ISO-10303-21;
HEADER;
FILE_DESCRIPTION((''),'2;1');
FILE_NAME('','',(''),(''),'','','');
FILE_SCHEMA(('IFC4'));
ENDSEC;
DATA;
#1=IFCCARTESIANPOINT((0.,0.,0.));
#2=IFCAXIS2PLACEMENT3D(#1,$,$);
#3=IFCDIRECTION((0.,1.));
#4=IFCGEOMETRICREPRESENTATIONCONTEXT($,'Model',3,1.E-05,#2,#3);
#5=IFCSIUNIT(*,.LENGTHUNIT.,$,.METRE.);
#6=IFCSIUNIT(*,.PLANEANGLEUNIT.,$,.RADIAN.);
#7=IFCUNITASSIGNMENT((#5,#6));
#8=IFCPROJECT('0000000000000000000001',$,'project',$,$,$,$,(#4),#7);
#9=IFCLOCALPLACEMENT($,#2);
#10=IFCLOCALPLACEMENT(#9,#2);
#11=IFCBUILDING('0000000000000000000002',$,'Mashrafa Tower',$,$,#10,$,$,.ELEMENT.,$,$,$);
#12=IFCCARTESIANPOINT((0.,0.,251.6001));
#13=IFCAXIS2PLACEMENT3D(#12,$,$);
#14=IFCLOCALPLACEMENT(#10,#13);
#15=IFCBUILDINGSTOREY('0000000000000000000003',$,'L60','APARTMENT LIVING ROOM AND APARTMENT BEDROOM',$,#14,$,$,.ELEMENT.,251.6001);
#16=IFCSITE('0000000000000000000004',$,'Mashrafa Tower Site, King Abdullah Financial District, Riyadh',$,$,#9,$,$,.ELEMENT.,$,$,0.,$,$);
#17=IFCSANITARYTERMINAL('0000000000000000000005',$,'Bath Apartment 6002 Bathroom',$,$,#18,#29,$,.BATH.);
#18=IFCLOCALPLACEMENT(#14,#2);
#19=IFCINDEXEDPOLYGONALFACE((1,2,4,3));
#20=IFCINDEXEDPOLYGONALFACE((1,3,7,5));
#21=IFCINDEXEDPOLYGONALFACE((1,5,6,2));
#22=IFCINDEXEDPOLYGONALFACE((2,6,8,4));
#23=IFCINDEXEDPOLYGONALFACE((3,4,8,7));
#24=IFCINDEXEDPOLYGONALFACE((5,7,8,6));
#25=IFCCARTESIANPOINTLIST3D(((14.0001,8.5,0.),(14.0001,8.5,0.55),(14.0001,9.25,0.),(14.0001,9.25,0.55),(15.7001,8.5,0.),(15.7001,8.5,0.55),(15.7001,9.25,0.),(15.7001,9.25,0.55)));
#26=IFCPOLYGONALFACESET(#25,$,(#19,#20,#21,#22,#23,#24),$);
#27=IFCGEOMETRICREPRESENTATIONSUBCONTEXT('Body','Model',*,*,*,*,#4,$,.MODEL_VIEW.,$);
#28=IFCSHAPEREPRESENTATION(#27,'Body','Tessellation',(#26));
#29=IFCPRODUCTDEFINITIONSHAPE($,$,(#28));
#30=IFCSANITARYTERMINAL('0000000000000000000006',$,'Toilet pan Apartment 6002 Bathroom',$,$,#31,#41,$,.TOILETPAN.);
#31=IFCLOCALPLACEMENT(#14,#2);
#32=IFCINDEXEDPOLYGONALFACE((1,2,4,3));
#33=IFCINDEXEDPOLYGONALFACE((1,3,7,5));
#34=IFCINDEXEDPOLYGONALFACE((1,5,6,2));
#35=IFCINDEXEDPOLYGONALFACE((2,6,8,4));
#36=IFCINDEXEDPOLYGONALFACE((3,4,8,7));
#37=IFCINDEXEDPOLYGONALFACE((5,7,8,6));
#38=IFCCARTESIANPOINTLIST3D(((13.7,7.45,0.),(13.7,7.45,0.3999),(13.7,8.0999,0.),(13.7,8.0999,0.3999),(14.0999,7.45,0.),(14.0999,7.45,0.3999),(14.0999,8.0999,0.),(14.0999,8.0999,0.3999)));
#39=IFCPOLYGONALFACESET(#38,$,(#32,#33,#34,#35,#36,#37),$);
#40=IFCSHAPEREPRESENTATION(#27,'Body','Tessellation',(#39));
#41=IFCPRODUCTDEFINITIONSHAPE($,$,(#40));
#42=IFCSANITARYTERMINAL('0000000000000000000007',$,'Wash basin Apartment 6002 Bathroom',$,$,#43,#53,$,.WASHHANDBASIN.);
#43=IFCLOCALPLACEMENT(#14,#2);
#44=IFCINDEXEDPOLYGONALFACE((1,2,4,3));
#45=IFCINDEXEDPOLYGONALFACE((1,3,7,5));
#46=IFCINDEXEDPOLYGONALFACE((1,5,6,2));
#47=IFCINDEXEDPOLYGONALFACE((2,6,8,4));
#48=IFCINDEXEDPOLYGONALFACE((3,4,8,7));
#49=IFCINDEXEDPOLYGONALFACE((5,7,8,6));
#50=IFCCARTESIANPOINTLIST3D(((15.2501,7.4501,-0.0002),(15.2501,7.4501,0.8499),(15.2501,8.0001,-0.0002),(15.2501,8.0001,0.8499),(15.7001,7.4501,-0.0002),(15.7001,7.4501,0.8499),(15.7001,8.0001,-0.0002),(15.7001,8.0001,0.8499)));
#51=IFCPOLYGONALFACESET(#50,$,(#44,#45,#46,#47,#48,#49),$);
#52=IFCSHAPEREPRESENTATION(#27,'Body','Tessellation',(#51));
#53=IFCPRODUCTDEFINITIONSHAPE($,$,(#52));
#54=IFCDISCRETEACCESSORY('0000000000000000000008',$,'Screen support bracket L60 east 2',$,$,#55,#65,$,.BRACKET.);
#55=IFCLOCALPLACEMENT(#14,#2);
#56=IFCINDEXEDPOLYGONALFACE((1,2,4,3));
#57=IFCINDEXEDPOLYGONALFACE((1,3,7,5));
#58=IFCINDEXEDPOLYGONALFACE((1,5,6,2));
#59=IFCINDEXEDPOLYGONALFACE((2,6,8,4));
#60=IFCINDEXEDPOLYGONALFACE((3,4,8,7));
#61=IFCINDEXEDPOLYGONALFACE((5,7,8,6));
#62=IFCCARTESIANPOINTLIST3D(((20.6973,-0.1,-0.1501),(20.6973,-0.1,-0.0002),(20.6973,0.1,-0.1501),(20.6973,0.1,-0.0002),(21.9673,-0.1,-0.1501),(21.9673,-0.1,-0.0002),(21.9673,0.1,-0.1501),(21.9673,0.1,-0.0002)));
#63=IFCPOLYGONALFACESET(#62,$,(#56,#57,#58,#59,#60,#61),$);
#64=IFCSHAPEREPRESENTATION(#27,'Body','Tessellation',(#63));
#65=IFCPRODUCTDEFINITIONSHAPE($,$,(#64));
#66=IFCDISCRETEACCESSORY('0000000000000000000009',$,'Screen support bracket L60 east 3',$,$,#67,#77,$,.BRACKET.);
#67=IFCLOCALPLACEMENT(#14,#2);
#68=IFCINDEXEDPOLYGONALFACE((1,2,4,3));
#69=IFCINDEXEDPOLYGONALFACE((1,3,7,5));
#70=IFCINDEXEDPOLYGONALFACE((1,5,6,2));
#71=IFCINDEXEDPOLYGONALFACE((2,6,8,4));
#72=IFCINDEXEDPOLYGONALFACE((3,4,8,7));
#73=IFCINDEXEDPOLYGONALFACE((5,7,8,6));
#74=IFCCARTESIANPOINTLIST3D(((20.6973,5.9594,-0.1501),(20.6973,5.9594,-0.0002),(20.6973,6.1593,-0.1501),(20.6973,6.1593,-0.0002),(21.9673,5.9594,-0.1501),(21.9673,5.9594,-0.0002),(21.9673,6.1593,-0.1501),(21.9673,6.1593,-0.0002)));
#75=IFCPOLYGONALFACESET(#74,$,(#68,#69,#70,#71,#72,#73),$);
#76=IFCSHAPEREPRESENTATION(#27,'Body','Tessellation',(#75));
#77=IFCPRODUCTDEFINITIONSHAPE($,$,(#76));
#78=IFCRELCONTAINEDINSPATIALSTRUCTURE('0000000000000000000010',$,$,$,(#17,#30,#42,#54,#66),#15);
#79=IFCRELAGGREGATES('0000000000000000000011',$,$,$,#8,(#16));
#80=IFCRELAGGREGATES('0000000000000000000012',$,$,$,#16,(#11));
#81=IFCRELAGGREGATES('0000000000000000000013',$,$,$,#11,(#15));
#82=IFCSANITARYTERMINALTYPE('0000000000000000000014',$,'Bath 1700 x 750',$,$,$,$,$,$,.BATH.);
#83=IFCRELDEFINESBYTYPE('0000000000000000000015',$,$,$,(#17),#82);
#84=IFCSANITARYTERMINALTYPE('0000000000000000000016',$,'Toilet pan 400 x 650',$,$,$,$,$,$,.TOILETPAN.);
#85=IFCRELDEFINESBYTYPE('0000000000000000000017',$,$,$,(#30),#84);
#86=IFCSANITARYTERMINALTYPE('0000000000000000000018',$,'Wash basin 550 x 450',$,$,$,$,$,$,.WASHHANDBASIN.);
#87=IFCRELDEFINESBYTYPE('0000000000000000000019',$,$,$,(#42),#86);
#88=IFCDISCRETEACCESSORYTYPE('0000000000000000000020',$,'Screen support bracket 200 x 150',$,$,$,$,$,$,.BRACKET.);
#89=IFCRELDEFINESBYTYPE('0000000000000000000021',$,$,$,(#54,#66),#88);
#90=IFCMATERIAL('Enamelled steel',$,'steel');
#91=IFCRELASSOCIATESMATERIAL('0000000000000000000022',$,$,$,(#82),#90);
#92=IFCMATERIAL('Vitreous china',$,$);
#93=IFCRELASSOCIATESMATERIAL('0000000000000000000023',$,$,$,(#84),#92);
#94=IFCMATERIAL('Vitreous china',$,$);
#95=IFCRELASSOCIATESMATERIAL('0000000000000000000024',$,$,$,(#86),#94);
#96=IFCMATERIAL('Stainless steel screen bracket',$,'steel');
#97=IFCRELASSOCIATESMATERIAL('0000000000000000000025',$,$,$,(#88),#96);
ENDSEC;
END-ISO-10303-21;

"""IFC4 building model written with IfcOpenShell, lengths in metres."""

from ifc_helpers import new_model, si_unit, direction, frame, origin, origin_2d, place, context, subcontext, project, spatial, rectangle, extrude, source, transform, mapped, material, type_object, type_shapes, element, save


model = new_model("IFC4")

# Units and contexts
model_context = context("Model", 3, precision=1e-05, world=origin(), true_north=direction((0.0, 1.0)))
body_context = subcontext(model_context, "Body", "Model", "MODEL_VIEW")
ifc_project = project(units=[si_unit("LENGTHUNIT", "METRE"), si_unit("PLANEANGLEUNIT", "RADIAN")], contexts=[model_context])

# Site, building, storey
site_placement = place(None, origin())
site = spatial("IfcSite", under=ifc_project, at=site_placement, Name="Mashrafa Tower Site, King Abdullah Financial District, Riyadh", CompositionType="ELEMENT", RefElevation=0.0)
building_placement = place(site_placement, origin())
building = spatial("IfcBuilding", under=site, at=building_placement, Name="Mashrafa Tower", CompositionType="ELEMENT")
storey_placement = place(building_placement, frame((0.0, 0.0, 251.6001)))
storey = spatial("IfcBuildingStorey", under=building, at=storey_placement, Name="L60", Description="APARTMENT LIVING ROOM AND APARTMENT BEDROOM", CompositionType="ELEMENT", Elevation=251.6001)

# Sanitary terminals
ifc_material_1 = material(Name="Enamelled steel", Category="steel")
sanitary_terminal_type_1 = type_object("IfcSanitaryTerminalType", Name="Bath 1700 x 750", PredefinedType="BATH", material=ifc_material_1)
sanitary_terminal_1_placement = place(storey_placement, frame((14.8501, 8.875, 0.0), z_axis=(0.0, 0.0, 1.0), x_axis=(-1.0, 0.0, 0.0)))
element("IfcSanitaryTerminal", 1, at=sanitary_terminal_1_placement, inside=storey, type_object=sanitary_terminal_type_1, Name="Bath Apartment 6002 Bathroom", PredefinedType="BATH", context=body_context, shape_type="SweptSolid", body=[
    extrude(rectangle(XDim=1.7, YDim=0.75, at=origin_2d()), origin(), (0.0, 0.0, 1.0), 0.55),
])
ifc_material_2 = material(Name="Vitreous china")
sanitary_terminal_type_2 = type_object("IfcSanitaryTerminalType", Name="Toilet pan 400 x 650", PredefinedType="TOILETPAN", material=ifc_material_2)
sanitary_terminal_2_placement = place(storey_placement, frame((13.8999, 7.7749, 0.0), z_axis=(0.0, 0.0, 1.0), x_axis=(1.0, 0.0, 0.0)))
element("IfcSanitaryTerminal", 2, at=sanitary_terminal_2_placement, inside=storey, type_object=sanitary_terminal_type_2, Name="Toilet pan Apartment 6002 Bathroom", PredefinedType="TOILETPAN", context=body_context, shape_type="SweptSolid", body=[
    extrude(rectangle(XDim=0.3999, YDim=0.6499, at=origin_2d()), origin(), (0.0, 0.0, 1.0), 0.3999),
])
ifc_material_3 = material(Name="Vitreous china")
sanitary_terminal_type_3 = type_object("IfcSanitaryTerminalType", Name="Wash basin 550 x 450", PredefinedType="WASHHANDBASIN", material=ifc_material_3)
sanitary_terminal_3_placement = place(storey_placement, frame((15.4751, 7.7251, -0.0002), z_axis=(0.0, 0.0, 1.0), x_axis=(0.0, 1.0, 0.0)))
element("IfcSanitaryTerminal", 3, at=sanitary_terminal_3_placement, inside=storey, type_object=sanitary_terminal_type_3, Name="Wash basin Apartment 6002 Bathroom", PredefinedType="WASHHANDBASIN", context=body_context, shape_type="SweptSolid", body=[
    extrude(rectangle(XDim=0.55, YDim=0.45, at=origin_2d()), origin(), (0.0, 0.0, 1.0), 0.8501),
])

# Discrete accessories
ifc_material_4 = material(Name="Stainless steel screen bracket", Category="steel")
discrete_accessory_type = type_object("IfcDiscreteAccessoryType", Name="Screen support bracket 200 x 150", PredefinedType="BRACKET", material=ifc_material_4)
shared_shape_1 = source(origin(), body_context, "Body", "SweptSolid", [
    extrude(rectangle(XDim=0.2, YDim=1.27, at=origin_2d()), origin(), (0.0, 0.0, 1.0), 0.1499),
])
type_shapes(discrete_accessory_type, [shared_shape_1])
for number, where, z_axis, x_axis, name in (
    (4, (21.3323, 0.0, -0.1501), (0.0, 0.0, 1.0), (0.0, 1.0, 0.0), "Screen support bracket L60 east 2"),
    (5, (21.3323, 6.0593, -0.1501), (0.0, 0.0, 1.0), (0.0, 1.0, 0.0), "Screen support bracket L60 east 3"),
):
    element("IfcDiscreteAccessory", number, at=place(storey_placement, frame(where, z_axis=z_axis, x_axis=x_axis)), inside=storey, type_object=discrete_accessory_type, Name=name, PredefinedType="BRACKET", context=body_context, shape_type="MappedRepresentation", body=[
        mapped(shared_shape_1, transform((0.0, 0.0, 0.0))),
    ])

save(model, "model.ifc")
